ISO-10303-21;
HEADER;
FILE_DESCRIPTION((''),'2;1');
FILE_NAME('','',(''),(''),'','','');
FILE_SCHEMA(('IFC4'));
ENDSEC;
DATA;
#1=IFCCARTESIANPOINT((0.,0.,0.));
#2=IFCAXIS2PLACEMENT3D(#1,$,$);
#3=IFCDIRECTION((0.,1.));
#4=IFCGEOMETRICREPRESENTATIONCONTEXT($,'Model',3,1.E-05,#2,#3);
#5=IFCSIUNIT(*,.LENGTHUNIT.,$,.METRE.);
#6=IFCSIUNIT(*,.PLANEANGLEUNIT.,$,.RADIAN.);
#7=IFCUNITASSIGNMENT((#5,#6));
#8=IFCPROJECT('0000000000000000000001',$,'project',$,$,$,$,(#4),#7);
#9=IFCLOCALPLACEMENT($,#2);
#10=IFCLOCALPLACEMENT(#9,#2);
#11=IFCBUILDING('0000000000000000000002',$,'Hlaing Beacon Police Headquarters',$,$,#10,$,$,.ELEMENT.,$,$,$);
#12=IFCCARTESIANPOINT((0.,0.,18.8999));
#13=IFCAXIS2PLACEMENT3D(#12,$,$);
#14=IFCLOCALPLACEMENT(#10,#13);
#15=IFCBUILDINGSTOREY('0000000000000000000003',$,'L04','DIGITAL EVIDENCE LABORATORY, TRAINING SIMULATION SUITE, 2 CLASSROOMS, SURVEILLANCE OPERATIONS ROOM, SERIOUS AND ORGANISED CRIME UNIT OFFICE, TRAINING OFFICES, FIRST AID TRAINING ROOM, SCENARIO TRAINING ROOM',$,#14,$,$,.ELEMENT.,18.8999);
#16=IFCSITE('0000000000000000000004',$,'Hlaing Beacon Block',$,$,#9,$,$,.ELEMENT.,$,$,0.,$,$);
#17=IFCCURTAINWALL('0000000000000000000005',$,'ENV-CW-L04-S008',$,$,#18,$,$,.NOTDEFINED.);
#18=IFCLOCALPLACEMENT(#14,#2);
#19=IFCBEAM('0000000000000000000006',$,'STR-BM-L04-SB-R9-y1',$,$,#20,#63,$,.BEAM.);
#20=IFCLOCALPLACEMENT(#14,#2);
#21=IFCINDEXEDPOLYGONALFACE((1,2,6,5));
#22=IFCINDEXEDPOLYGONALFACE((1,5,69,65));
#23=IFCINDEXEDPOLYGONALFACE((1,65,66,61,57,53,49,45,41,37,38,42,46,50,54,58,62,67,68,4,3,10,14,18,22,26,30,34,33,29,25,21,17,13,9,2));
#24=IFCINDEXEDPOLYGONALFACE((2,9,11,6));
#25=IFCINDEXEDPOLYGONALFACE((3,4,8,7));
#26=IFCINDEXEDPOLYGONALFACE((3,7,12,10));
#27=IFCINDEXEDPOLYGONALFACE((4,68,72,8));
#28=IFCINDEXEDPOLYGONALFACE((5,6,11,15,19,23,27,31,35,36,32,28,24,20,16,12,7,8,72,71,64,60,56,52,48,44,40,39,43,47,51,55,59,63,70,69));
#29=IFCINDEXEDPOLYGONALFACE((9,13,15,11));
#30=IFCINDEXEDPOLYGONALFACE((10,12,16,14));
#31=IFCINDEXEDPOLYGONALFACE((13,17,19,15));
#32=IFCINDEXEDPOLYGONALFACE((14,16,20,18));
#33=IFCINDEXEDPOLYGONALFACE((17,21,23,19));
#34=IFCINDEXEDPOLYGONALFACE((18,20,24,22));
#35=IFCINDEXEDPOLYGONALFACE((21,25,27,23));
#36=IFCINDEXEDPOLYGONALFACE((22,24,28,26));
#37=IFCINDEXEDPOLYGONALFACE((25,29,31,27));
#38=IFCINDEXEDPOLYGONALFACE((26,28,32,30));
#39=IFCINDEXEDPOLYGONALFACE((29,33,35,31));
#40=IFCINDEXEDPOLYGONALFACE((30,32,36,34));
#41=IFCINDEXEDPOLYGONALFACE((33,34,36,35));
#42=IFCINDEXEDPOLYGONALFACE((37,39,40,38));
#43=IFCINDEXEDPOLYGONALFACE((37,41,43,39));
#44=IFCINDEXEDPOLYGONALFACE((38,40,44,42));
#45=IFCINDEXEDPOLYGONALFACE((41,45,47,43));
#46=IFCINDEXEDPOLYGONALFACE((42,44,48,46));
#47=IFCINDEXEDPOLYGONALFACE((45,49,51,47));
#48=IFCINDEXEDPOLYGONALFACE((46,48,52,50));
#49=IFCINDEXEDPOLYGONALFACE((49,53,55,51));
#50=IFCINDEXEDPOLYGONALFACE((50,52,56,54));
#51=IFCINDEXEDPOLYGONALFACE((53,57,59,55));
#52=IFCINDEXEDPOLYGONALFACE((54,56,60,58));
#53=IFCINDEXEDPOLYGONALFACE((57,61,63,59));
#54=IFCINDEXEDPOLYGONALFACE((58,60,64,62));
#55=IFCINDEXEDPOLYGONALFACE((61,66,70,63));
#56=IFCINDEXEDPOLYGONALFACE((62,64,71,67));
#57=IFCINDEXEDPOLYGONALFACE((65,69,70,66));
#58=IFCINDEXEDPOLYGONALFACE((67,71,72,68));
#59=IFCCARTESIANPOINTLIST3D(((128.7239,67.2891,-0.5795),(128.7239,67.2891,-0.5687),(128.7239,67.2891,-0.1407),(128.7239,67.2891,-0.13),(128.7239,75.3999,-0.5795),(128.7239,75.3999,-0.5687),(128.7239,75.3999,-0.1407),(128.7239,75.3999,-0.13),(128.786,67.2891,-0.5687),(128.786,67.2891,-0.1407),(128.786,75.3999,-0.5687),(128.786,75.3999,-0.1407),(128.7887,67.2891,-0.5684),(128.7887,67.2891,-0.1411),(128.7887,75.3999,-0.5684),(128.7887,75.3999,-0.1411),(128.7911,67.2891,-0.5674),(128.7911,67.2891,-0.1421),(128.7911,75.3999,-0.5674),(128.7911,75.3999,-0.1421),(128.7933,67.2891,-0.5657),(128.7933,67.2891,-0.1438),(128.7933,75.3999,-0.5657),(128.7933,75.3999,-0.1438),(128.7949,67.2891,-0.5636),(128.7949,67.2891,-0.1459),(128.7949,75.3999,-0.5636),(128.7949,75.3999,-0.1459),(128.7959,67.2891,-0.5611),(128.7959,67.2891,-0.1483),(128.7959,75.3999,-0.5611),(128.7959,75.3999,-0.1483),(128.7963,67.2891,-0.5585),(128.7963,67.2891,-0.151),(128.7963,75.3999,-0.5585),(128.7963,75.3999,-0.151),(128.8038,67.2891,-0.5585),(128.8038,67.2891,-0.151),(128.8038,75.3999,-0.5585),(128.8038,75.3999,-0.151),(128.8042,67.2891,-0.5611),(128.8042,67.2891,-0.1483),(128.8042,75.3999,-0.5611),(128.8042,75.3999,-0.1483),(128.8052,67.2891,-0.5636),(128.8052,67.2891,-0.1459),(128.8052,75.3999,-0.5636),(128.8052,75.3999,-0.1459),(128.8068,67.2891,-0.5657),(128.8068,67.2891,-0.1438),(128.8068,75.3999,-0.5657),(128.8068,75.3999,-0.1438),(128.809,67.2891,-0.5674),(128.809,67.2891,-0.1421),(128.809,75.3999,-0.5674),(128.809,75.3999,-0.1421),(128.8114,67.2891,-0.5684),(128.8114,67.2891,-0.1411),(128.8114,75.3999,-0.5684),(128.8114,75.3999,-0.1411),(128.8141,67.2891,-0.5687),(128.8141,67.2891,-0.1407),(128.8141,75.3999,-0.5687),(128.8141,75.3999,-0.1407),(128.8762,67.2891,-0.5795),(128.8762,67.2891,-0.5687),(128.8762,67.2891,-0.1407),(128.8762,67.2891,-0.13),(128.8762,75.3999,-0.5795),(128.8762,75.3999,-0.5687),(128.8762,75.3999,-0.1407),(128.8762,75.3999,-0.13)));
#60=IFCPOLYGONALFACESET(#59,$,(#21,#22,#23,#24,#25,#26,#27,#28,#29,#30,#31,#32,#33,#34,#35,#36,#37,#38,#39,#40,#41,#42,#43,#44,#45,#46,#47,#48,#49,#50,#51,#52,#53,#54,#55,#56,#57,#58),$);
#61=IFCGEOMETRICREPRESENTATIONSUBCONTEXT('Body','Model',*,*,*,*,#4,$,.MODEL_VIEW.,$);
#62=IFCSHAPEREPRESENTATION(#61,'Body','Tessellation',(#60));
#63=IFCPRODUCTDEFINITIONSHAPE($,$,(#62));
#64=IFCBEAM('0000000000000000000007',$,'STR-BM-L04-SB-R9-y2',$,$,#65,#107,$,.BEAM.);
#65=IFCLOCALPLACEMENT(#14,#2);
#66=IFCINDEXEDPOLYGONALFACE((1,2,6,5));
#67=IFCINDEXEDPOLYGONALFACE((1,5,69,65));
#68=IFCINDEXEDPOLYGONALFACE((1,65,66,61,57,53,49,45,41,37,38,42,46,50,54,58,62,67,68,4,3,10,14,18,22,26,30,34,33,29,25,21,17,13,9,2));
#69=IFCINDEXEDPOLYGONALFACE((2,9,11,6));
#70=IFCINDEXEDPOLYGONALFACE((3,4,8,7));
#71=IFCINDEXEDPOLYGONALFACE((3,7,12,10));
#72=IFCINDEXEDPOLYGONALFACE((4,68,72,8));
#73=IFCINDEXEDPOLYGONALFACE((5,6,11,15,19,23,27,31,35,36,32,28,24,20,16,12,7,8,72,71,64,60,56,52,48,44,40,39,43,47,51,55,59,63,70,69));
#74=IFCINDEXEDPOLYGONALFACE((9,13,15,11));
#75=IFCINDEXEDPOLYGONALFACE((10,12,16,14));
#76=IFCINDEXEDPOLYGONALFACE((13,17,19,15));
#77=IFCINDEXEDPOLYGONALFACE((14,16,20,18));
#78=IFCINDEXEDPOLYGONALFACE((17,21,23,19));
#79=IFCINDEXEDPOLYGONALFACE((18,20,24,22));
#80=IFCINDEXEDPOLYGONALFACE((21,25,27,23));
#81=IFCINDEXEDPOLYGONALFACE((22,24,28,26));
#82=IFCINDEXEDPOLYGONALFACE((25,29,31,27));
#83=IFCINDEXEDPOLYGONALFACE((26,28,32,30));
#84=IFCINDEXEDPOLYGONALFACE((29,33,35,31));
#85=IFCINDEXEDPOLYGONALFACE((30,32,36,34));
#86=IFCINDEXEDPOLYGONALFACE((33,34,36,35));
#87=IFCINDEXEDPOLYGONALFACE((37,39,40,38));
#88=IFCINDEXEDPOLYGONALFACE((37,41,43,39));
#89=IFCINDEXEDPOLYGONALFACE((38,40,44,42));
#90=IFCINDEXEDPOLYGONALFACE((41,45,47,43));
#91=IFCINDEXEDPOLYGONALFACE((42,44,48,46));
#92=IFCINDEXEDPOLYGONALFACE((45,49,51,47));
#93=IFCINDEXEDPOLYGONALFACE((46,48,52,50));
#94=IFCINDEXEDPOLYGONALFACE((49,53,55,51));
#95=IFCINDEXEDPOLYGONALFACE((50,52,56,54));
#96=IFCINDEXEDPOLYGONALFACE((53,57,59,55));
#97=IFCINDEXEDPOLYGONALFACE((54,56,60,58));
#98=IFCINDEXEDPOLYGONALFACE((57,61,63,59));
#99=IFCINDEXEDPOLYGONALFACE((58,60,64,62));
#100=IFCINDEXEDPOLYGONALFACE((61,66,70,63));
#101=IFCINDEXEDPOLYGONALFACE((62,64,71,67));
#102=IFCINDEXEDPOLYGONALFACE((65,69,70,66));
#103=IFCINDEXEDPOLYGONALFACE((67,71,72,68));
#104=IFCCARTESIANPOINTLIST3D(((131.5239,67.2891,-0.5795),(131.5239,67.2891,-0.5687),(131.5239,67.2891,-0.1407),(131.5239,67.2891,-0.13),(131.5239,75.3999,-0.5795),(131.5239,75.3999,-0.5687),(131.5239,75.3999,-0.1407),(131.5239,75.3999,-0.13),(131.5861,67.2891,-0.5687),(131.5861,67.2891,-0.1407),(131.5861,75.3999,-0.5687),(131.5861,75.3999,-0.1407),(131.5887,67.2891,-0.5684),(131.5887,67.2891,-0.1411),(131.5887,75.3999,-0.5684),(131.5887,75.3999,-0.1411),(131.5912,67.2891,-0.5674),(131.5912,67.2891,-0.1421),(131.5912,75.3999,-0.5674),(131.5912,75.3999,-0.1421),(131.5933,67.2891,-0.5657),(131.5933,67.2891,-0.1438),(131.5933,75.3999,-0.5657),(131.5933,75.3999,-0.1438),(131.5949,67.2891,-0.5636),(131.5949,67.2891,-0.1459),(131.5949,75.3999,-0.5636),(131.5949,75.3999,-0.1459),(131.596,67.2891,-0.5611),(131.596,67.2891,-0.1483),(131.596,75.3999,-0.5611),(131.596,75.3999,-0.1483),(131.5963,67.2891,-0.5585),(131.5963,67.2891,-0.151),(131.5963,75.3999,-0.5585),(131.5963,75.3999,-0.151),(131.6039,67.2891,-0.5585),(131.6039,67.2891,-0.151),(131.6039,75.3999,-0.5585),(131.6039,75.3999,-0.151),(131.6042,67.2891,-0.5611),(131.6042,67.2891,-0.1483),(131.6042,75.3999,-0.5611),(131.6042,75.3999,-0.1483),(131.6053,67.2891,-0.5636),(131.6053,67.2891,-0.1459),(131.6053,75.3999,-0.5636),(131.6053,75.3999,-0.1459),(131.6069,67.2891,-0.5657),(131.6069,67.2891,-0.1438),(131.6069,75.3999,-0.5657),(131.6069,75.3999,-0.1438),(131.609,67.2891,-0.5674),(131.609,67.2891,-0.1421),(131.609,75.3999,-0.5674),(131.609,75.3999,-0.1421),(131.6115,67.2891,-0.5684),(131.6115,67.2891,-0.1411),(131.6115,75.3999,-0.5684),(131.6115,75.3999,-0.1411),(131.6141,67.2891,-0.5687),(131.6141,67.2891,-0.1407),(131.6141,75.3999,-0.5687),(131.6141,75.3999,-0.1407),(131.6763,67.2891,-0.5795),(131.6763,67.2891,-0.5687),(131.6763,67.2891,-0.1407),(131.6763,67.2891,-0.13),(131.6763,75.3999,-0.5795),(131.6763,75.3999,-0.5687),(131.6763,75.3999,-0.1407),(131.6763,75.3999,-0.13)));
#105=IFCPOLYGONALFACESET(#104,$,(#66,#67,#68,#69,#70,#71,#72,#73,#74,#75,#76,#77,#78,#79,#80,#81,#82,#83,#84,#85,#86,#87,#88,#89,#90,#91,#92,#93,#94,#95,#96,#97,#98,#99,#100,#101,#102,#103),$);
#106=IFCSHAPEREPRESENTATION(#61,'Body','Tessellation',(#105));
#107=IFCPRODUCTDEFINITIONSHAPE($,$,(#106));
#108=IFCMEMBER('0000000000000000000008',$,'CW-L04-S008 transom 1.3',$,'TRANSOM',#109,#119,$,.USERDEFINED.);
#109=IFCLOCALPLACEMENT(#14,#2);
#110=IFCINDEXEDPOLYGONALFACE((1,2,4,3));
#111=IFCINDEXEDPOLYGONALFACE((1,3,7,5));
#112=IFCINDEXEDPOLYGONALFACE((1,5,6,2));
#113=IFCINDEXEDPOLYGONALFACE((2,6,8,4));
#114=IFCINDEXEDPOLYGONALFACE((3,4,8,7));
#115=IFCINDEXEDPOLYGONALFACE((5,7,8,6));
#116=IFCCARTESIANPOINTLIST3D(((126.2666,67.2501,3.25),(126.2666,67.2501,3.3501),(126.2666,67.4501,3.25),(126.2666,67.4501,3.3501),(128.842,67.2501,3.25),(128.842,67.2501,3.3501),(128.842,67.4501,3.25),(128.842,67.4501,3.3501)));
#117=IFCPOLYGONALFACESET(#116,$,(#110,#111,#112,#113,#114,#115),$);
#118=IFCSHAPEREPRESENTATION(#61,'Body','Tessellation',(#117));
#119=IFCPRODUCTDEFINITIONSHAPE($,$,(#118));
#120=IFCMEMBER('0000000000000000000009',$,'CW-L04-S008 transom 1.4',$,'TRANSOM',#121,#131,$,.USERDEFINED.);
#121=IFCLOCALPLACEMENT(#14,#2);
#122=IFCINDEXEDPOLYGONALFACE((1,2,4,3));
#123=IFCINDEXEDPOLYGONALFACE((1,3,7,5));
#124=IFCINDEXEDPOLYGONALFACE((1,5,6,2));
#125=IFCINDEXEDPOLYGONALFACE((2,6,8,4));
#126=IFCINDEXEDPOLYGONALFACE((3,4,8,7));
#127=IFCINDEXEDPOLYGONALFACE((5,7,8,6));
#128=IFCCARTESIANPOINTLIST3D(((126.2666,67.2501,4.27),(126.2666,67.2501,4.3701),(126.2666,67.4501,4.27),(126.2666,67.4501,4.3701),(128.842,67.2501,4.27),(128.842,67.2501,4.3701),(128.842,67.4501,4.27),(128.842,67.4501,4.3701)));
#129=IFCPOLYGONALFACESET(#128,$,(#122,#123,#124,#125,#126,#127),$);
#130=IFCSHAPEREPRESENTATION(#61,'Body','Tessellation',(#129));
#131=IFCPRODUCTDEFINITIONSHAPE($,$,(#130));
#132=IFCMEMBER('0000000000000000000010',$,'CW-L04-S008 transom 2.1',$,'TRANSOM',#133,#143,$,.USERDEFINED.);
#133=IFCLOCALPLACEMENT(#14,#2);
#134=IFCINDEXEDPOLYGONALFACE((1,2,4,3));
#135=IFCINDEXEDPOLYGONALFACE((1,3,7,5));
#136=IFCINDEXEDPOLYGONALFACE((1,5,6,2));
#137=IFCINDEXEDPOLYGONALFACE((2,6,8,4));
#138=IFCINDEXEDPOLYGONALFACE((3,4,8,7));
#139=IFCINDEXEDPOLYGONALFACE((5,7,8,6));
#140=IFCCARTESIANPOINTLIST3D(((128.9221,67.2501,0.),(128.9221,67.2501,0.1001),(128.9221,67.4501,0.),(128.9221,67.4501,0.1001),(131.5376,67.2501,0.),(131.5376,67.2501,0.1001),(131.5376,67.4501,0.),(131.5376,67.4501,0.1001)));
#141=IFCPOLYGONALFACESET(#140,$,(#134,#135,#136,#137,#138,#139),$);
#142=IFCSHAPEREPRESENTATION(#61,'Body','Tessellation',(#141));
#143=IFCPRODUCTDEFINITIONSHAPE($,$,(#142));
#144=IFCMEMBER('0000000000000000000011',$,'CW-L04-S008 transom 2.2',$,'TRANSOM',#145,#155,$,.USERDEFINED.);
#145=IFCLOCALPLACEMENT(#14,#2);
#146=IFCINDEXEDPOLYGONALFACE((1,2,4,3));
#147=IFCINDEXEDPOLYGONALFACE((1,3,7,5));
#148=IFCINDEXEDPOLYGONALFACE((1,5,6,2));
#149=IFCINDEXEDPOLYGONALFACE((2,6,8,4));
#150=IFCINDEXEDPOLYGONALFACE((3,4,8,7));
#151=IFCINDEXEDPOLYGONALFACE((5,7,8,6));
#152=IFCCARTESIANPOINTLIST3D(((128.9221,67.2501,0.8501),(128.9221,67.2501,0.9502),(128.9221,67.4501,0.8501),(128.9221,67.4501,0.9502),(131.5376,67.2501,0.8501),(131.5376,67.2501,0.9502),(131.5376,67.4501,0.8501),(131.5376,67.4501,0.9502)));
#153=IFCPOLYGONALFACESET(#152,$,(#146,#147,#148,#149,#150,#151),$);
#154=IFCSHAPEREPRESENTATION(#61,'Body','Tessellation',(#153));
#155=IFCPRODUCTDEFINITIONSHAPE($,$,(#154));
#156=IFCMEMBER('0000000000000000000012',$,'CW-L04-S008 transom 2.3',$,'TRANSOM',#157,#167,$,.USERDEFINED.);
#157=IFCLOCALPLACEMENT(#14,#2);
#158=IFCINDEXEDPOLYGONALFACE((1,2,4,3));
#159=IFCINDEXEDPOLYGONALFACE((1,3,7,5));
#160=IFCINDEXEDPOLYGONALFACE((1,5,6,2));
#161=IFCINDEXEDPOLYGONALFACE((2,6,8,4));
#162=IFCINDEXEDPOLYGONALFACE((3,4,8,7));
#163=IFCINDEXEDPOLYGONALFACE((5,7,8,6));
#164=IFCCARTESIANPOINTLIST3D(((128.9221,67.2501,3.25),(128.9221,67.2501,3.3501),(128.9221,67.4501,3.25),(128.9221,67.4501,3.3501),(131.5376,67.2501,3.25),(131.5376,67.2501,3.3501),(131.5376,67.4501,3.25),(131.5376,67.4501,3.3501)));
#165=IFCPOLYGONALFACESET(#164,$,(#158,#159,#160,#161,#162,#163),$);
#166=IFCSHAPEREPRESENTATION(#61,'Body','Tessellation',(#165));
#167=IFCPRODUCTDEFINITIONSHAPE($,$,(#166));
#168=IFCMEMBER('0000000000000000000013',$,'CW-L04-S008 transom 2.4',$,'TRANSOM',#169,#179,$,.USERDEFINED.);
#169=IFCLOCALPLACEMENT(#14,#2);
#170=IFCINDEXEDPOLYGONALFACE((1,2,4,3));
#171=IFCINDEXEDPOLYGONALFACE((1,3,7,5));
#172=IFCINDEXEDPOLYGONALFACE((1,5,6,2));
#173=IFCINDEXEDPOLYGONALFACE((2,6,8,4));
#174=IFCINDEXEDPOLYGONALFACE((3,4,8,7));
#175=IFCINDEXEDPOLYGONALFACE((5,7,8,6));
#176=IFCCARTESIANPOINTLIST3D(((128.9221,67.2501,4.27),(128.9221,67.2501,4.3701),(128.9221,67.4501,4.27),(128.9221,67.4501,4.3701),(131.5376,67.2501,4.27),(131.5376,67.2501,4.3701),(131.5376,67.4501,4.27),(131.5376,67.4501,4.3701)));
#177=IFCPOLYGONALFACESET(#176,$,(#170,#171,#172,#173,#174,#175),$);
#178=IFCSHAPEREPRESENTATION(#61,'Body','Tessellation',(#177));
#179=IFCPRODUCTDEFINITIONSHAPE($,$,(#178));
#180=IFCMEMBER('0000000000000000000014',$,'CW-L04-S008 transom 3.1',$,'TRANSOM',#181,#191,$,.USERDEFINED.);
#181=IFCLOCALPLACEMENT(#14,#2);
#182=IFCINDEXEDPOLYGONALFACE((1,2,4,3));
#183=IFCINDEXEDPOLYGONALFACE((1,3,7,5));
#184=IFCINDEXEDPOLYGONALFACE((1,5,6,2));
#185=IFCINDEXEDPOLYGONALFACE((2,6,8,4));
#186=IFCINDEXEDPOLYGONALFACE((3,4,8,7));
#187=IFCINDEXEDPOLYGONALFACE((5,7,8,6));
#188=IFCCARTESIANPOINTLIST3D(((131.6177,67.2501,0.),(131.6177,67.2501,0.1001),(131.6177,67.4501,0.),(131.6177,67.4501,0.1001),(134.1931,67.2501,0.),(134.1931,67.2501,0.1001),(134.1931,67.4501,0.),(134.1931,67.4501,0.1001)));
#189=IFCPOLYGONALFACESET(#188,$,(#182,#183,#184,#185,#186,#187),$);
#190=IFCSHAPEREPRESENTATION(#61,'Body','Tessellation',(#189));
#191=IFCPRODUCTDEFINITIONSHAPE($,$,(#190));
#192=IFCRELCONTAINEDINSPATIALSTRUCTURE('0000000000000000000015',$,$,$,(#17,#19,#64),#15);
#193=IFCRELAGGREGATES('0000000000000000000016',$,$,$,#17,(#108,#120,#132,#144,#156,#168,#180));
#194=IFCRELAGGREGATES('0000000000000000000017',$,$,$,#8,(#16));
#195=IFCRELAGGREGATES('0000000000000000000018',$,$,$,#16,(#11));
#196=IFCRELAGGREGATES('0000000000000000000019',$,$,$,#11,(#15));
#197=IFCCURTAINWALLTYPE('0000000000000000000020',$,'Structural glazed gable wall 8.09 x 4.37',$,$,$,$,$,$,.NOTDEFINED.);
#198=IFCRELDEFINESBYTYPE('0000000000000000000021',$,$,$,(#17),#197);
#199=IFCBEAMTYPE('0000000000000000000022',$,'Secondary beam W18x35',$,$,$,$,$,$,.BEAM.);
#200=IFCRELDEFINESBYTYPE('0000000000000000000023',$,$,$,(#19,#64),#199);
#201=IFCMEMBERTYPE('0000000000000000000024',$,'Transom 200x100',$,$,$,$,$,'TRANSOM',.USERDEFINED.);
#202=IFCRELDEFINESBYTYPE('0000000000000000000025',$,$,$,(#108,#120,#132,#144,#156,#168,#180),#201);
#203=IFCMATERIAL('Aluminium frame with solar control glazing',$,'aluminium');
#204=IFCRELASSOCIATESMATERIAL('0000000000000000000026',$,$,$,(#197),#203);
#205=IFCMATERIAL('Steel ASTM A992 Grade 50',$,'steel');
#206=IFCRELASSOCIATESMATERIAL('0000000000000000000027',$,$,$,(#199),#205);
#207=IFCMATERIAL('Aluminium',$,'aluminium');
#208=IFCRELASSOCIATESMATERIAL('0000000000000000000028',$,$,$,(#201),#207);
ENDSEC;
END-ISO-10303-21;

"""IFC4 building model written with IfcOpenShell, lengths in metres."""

from ifc_helpers import new_model, si_unit, direction, frame, origin, origin_2d, place, context, subcontext, project, spatial, rectangle, i_section, extrude, material, material_profile, profile_set, type_object, element, aggregate, save


model = new_model("IFC4")

# Units and contexts
model_context = context("Model", 3, precision=1e-05, world=origin(), true_north=direction((0.0, 1.0)))
body_context = subcontext(model_context, "Body", "Model", "MODEL_VIEW")
ifc_project = project(units=[si_unit("LENGTHUNIT", "METRE"), si_unit("PLANEANGLEUNIT", "RADIAN")], contexts=[model_context])

# Site, building, storey
site_placement = place(None, origin())
site = spatial("IfcSite", under=ifc_project, at=site_placement, Name="Hlaing Beacon Block", CompositionType="ELEMENT", RefElevation=0.0)
building_placement = place(site_placement, origin())
building = spatial("IfcBuilding", under=site, at=building_placement, Name="Hlaing Beacon Police Headquarters", CompositionType="ELEMENT")
storey_placement = place(building_placement, frame((0.0, 0.0, 18.8999)))
storey = spatial("IfcBuildingStorey", under=building, at=storey_placement, Name="L04", Description="DIGITAL EVIDENCE LABORATORY, TRAINING SIMULATION SUITE, 2 CLASSROOMS, SURVEILLANCE OPERATIONS ROOM, SERIOUS AND ORGANISED CRIME UNIT OFFICE, TRAINING OFFICES, FIRST AID TRAINING ROOM, SCENARIO TRAINING ROOM", CompositionType="ELEMENT", Elevation=18.8999)

# Curtain wall
ifc_material_1 = material(Name="Aluminium frame with solar control glazing", Category="aluminium")
curtain_wall_type_1 = type_object("IfcCurtainWallType", Name="Structural glazed gable wall 8.09 x 4.37", PredefinedType="NOTDEFINED", material=ifc_material_1)
curtain_wall_1_placement = place(storey_placement, origin())
curtain_wall_1 = element("IfcCurtainWall", 1, at=curtain_wall_1_placement, inside=storey, type_object=curtain_wall_type_1, Name="ENV-CW-L04-S008", PredefinedType="NOTDEFINED")

# Beams
ifc_material_2 = material(Name="Steel ASTM A992 Grade 50", Category="steel")
ifc_material_profile_1 = material_profile(ifc_material_2, i_section(OverallWidth=0.1523, OverallDepth=0.4495, WebThickness=0.0076, FlangeThickness=0.0107, FilletRadius=0.0103, at=origin_2d()), Name="W18x35")
ifc_profile_set_1 = profile_set([ifc_material_profile_1], Name="Steel ASTM A992 Grade 50")
beam_type_1 = type_object("IfcBeamType", Name="Secondary beam W18x35", PredefinedType="BEAM", material=ifc_profile_set_1)
for number, where, z_axis, x_axis, name in (
    (2, (128.8, 67.2891, -0.3547), (0.0, 1.0, 0.0), (-1.0, 0.0, 0.0), "STR-BM-L04-SB-R9-y1"),
    (3, (131.6001, 67.2891, -0.3547), (0.0, 1.0, 0.0), (-1.0, 0.0, 0.0), "STR-BM-L04-SB-R9-y2"),
):
    element("IfcBeam", number, at=place(storey_placement, frame(where, z_axis=z_axis, x_axis=x_axis)), inside=storey, type_object=beam_type_1, Name=name, PredefinedType="BEAM", context=body_context, shape_type="SweptSolid", body=[
        extrude(i_section(OverallWidth=0.1523, OverallDepth=0.4495, WebThickness=0.0076, FlangeThickness=0.0107, FilletRadius=0.0103, at=origin_2d()), origin(), (0.0, 0.0, 1.0), 8.1108),
    ])

# Members
ifc_material_3 = material(Name="Aluminium", Category="aluminium")
ifc_material_profile_2 = material_profile(ifc_material_3, rectangle(XDim=0.2, YDim=0.1001, at=origin_2d()), Name="Transom 200x100")
ifc_profile_set_2 = profile_set([ifc_material_profile_2], Name="Aluminium")
member_type_1 = type_object("IfcMemberType", Name="Transom 200x100", ElementType="TRANSOM", PredefinedType="USERDEFINED", material=ifc_profile_set_2)
member_1_placement = place(storey_placement, frame((126.2666, 67.3501, 3.3), z_axis=(1.0, 0.0, 0.0), x_axis=(0.0, 1.0, 0.0)))
member_1 = element("IfcMember", 4, at=member_1_placement, type_object=member_type_1, Name="CW-L04-S008 transom 1.3", ObjectType="TRANSOM", PredefinedType="USERDEFINED", context=body_context, shape_type="SweptSolid", body=[
    extrude(rectangle(XDim=0.2, YDim=0.1001, at=origin_2d()), origin(), (0.0, 0.0, 1.0), 2.5754),
])
member_2_placement = place(storey_placement, frame((126.2666, 67.3501, 4.3201), z_axis=(1.0, 0.0, 0.0), x_axis=(0.0, 1.0, 0.0)))
member_2 = element("IfcMember", 5, at=member_2_placement, type_object=member_type_1, Name="CW-L04-S008 transom 1.4", ObjectType="TRANSOM", PredefinedType="USERDEFINED", context=body_context, shape_type="SweptSolid", body=[
    extrude(rectangle(XDim=0.2, YDim=0.1001, at=origin_2d()), origin(), (0.0, 0.0, 1.0), 2.5754),
])
member_3_placement = place(storey_placement, frame((128.9221, 67.3501, 0.05), z_axis=(1.0, 0.0, 0.0), x_axis=(0.0, 1.0, 0.0)))
member_3 = element("IfcMember", 6, at=member_3_placement, type_object=member_type_1, Name="CW-L04-S008 transom 2.1", ObjectType="TRANSOM", PredefinedType="USERDEFINED", context=body_context, shape_type="SweptSolid", body=[
    extrude(rectangle(XDim=0.2, YDim=0.1001, at=origin_2d()), origin(), (0.0, 0.0, 1.0), 2.6155),
])
member_4_placement = place(storey_placement, frame((128.9221, 67.3501, 0.9001), z_axis=(1.0, 0.0, 0.0), x_axis=(0.0, 1.0, 0.0)))
member_4 = element("IfcMember", 7, at=member_4_placement, type_object=member_type_1, Name="CW-L04-S008 transom 2.2", ObjectType="TRANSOM", PredefinedType="USERDEFINED", context=body_context, shape_type="SweptSolid", body=[
    extrude(rectangle(XDim=0.2, YDim=0.1001, at=origin_2d()), origin(), (0.0, 0.0, 1.0), 2.6155),
])
member_5_placement = place(storey_placement, frame((128.9221, 67.3501, 3.3), z_axis=(1.0, 0.0, 0.0), x_axis=(0.0, 1.0, 0.0)))
member_5 = element("IfcMember", 8, at=member_5_placement, type_object=member_type_1, Name="CW-L04-S008 transom 2.3", ObjectType="TRANSOM", PredefinedType="USERDEFINED", context=body_context, shape_type="SweptSolid", body=[
    extrude(rectangle(XDim=0.2, YDim=0.1001, at=origin_2d()), origin(), (0.0, 0.0, 1.0), 2.6155),
])
member_6_placement = place(storey_placement, frame((128.9221, 67.3501, 4.3201), z_axis=(1.0, 0.0, 0.0), x_axis=(0.0, 1.0, 0.0)))
member_6 = element("IfcMember", 9, at=member_6_placement, type_object=member_type_1, Name="CW-L04-S008 transom 2.4", ObjectType="TRANSOM", PredefinedType="USERDEFINED", context=body_context, shape_type="SweptSolid", body=[
    extrude(rectangle(XDim=0.2, YDim=0.1001, at=origin_2d()), origin(), (0.0, 0.0, 1.0), 2.6155),
])
member_7_placement = place(storey_placement, frame((131.6177, 67.3501, 0.05), z_axis=(1.0, 0.0, 0.0), x_axis=(0.0, 1.0, 0.0)))
member_7 = element("IfcMember", 10, at=member_7_placement, type_object=member_type_1, Name="CW-L04-S008 transom 3.1", ObjectType="TRANSOM", PredefinedType="USERDEFINED", context=body_context, shape_type="SweptSolid", body=[
    extrude(rectangle(XDim=0.2, YDim=0.1001, at=origin_2d()), origin(), (0.0, 0.0, 1.0), 2.5754),
])

aggregate(curtain_wall_1, [member_1, member_2, member_3, member_4, member_5, member_6, member_7])

save(model, "model.ifc")
